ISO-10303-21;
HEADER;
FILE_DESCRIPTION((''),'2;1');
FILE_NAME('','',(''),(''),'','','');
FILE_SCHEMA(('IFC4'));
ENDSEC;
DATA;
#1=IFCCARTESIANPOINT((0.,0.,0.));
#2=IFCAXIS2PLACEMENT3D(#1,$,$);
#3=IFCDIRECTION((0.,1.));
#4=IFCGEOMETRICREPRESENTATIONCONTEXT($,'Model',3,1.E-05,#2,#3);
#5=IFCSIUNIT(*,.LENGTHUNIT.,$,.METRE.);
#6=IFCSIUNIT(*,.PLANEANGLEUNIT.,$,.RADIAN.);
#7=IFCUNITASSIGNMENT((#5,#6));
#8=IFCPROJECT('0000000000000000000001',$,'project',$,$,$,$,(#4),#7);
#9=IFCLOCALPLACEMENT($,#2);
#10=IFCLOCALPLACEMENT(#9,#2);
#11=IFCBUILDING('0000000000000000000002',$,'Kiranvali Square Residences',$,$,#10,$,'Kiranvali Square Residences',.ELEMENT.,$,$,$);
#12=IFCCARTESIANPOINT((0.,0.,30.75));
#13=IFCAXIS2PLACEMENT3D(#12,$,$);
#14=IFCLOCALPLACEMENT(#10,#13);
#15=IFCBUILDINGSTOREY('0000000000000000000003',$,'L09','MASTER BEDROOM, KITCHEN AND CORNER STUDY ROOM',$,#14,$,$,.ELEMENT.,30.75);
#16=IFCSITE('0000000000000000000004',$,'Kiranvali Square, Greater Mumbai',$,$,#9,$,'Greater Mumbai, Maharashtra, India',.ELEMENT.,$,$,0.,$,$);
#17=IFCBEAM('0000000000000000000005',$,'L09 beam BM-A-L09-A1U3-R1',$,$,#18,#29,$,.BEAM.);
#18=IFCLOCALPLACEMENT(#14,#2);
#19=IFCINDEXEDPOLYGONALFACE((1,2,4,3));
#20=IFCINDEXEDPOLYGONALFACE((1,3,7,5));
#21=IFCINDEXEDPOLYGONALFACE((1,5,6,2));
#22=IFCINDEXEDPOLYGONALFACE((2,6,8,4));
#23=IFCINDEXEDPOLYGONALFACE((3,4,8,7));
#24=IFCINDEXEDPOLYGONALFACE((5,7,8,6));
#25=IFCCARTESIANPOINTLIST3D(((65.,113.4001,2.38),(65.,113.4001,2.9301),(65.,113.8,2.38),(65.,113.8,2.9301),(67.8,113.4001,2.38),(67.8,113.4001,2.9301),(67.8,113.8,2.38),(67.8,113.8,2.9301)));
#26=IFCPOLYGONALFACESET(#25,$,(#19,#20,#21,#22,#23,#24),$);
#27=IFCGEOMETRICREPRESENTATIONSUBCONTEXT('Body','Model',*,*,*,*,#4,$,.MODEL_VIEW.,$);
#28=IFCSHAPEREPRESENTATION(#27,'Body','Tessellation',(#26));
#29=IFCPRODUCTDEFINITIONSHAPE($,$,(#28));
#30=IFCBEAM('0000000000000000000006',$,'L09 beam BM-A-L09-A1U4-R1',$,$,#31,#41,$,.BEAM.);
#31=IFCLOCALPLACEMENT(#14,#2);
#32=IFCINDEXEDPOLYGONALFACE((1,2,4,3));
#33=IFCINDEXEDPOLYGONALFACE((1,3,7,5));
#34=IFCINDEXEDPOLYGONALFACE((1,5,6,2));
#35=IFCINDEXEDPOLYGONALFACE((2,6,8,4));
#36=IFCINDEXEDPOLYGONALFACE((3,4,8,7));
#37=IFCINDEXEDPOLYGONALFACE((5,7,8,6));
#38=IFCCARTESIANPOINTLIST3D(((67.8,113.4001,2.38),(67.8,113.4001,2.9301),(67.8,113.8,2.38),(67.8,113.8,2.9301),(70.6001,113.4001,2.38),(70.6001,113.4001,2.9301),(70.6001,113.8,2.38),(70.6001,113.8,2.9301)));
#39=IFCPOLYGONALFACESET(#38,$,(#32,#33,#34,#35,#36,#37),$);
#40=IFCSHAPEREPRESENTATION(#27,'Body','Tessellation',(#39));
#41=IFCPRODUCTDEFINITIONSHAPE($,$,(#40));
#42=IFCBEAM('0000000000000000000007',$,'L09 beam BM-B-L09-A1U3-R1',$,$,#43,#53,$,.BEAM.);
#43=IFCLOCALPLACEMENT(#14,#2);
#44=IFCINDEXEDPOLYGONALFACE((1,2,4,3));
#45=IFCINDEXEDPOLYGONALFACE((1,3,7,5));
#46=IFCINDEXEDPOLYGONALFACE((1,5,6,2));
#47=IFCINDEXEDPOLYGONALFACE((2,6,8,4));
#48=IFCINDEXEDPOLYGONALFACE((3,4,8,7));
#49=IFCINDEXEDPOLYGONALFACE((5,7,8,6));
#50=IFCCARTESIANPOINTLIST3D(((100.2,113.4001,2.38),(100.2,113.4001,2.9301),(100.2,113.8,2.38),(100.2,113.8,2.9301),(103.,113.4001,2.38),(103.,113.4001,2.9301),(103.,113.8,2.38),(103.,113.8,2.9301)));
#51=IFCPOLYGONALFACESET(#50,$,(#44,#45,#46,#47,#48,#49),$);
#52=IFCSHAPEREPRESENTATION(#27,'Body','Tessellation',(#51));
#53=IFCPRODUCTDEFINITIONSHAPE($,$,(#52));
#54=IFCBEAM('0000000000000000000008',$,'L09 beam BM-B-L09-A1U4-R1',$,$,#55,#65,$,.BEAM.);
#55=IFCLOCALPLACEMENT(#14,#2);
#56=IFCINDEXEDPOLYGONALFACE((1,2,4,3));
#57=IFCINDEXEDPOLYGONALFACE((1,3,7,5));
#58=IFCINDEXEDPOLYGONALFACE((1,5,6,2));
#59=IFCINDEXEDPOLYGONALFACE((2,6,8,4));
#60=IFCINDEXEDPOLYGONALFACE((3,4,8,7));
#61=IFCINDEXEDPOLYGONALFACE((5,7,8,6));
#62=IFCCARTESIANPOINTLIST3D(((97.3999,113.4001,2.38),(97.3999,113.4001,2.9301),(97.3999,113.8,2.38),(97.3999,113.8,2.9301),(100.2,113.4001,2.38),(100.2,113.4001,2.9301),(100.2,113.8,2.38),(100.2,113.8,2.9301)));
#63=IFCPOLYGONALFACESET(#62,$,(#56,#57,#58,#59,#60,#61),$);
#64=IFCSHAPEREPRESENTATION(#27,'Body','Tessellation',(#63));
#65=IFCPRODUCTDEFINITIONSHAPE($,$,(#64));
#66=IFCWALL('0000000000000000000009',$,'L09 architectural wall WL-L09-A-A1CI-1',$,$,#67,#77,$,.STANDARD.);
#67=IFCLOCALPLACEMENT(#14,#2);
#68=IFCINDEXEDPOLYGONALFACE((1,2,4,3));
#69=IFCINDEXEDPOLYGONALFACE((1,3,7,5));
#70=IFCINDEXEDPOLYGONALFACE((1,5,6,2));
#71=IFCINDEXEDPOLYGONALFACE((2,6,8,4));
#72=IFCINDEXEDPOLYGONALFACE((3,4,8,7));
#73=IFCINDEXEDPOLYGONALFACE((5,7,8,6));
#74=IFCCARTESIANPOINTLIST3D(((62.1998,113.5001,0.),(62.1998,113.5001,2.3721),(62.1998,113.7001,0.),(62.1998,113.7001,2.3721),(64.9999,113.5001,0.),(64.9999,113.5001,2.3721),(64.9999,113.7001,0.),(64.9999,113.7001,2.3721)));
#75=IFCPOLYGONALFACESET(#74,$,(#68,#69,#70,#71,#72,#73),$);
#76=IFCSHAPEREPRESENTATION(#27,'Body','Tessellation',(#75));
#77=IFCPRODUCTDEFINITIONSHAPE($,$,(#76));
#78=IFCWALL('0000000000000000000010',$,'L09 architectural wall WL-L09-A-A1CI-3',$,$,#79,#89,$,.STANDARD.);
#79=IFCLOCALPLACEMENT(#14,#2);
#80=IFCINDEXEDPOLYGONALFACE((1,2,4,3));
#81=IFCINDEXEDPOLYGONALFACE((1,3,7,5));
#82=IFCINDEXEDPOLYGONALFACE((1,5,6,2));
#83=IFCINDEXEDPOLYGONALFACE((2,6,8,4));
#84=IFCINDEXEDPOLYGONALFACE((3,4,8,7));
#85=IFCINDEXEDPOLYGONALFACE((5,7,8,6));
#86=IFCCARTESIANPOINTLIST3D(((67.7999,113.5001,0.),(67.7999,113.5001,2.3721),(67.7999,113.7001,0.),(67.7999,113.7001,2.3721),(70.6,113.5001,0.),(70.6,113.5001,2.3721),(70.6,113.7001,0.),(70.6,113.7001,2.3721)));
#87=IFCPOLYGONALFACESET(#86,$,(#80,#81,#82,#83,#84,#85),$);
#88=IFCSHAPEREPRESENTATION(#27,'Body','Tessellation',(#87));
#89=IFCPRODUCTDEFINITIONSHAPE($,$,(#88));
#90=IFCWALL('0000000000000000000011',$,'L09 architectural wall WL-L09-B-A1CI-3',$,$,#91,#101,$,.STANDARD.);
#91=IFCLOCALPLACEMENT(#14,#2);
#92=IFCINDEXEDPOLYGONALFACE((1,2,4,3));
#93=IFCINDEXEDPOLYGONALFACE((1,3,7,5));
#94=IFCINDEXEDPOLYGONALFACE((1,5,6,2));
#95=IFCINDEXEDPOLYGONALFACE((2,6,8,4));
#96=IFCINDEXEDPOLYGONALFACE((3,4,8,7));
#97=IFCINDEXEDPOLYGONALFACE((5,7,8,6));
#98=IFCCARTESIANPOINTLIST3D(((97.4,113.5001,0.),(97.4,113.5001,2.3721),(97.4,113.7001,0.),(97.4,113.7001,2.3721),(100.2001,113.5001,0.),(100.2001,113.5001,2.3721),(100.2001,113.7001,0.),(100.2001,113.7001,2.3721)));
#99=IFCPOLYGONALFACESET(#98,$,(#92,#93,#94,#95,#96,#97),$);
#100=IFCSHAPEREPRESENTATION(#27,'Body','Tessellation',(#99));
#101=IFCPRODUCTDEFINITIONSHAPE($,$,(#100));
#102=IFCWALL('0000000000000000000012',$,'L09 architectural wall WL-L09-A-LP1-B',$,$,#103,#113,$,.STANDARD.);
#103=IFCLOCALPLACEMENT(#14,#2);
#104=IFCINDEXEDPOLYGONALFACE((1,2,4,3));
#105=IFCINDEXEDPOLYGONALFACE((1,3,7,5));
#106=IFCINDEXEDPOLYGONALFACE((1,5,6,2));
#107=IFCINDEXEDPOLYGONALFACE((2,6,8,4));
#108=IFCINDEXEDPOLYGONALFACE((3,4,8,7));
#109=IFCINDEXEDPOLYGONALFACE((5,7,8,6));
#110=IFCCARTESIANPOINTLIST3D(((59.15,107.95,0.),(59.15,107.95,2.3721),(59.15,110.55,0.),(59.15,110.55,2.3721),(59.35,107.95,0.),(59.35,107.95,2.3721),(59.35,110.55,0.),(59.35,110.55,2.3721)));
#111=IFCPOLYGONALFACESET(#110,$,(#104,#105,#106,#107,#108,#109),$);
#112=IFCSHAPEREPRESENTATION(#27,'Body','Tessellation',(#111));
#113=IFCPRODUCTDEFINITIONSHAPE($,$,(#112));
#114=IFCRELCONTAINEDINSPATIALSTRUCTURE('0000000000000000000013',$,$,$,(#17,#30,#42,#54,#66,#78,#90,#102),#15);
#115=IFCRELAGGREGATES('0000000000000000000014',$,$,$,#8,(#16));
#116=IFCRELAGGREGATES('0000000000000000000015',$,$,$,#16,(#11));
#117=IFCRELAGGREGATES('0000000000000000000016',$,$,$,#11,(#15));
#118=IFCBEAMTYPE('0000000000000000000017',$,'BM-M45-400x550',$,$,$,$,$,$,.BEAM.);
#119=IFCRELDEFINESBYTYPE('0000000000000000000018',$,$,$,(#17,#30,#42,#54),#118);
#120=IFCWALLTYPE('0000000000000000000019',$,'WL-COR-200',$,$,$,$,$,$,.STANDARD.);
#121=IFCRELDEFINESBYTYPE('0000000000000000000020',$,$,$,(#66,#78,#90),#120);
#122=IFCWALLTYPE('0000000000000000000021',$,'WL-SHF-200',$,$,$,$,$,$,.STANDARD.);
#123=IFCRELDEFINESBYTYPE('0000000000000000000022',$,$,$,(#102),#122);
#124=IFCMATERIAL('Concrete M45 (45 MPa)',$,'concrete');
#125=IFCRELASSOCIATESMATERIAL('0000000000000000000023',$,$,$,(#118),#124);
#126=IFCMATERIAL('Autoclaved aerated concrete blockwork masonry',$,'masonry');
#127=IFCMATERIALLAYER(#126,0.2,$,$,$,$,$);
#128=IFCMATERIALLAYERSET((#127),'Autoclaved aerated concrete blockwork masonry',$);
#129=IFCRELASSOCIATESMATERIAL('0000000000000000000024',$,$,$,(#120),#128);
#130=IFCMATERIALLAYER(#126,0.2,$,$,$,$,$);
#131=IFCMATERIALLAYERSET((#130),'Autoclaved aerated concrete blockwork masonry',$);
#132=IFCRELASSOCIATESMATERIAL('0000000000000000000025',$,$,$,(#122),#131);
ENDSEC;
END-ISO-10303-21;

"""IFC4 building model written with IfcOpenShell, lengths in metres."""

from ifc_helpers import new_model, si_unit, direction, frame, frame_2d, origin, origin_2d, place, context, subcontext, project, spatial, rectangle, extrude, material, layer, layer_set, material_profile, profile_set, type_object, element, save


model = new_model("IFC4")

# Units and contexts
model_context = context("Model", 3, precision=1e-05, world=origin(), true_north=direction((0.0, 1.0)))
body_context = subcontext(model_context, "Body", "Model", "MODEL_VIEW")
ifc_project = project(units=[si_unit("LENGTHUNIT", "METRE"), si_unit("PLANEANGLEUNIT", "RADIAN")], contexts=[model_context])

# Site, building, storey
site_placement = place(None, origin())
site = spatial("IfcSite", under=ifc_project, at=site_placement, Name="Kiranvali Square, Greater Mumbai", LongName="Greater Mumbai, Maharashtra, India", CompositionType="ELEMENT", RefElevation=0.0)
building_placement = place(site_placement, origin())
building = spatial("IfcBuilding", under=site, at=building_placement, Name="Kiranvali Square Residences", LongName="Kiranvali Square Residences", CompositionType="ELEMENT")
storey_placement = place(building_placement, frame((0.0, 0.0, 30.75)))
storey = spatial("IfcBuildingStorey", under=building, at=storey_placement, Name="L09", Description="MASTER BEDROOM, KITCHEN AND CORNER STUDY ROOM", CompositionType="ELEMENT", Elevation=30.75)

# Beams
ifc_material_1 = material(Name="Concrete M45 (45 MPa)", Category="concrete")
ifc_material_profile_1 = material_profile(ifc_material_1, rectangle(XDim=0.3999, YDim=0.55, at=origin_2d()), Name="RC 400x550")
ifc_profile_set_1 = profile_set([ifc_material_profile_1], Name="Concrete M45 (45 MPa)")
beam_type_1 = type_object("IfcBeamType", Name="BM-M45-400x550", PredefinedType="BEAM", material=ifc_profile_set_1)
for number, where, z_axis, x_axis, name in (
    (1, (65.0, 113.6001, 2.655), (1.0, 0.0, 0.0), (0.0, 1.0, 0.0), "L09 beam BM-A-L09-A1U3-R1"),
    (2, (67.8, 113.6001, 2.655), (1.0, 0.0, 0.0), (0.0, 1.0, 0.0), "L09 beam BM-A-L09-A1U4-R1"),
    (3, (103.0, 113.6001, 2.655), (-1.0, 0.0, 0.0), (0.0, -1.0, 0.0), "L09 beam BM-B-L09-A1U3-R1"),
    (4, (100.2, 113.6001, 2.655), (-1.0, 0.0, 0.0), (0.0, -1.0, 0.0), "L09 beam BM-B-L09-A1U4-R1"),
):
    element("IfcBeam", number, at=place(storey_placement, frame(where, z_axis=z_axis, x_axis=x_axis)), inside=storey, type_object=beam_type_1, Name=name, PredefinedType="BEAM", context=body_context, shape_type="SweptSolid", body=[
        extrude(rectangle(XDim=0.3999, YDim=0.55, at=origin_2d()), origin(), (0.0, 0.0, 1.0), 2.8),
    ])

# Shared definitions
ifc_material_2 = material(Name="Autoclaved aerated concrete blockwork masonry", Category="masonry")
ifc_layer_1 = layer(ifc_material_2, 0.2)
ifc_layer_set_1 = layer_set([ifc_layer_1], Name="Autoclaved aerated concrete blockwork masonry")
wall_type_1 = type_object("IfcWallType", Name="WL-COR-200", PredefinedType="STANDARD", material=ifc_layer_set_1)

# Wall
wall_1_placement = place(storey_placement, frame((62.2, 113.6001, 0.0), z_axis=(0.0, 0.0, 1.0), x_axis=(1.0, 0.0, 0.0)))
element("IfcWall", 5, at=wall_1_placement, inside=storey, type_object=wall_type_1, Name="L09 architectural wall WL-L09-A-A1CI-1", PredefinedType="STANDARD", context=body_context, shape_type="SweptSolid", body=[
    extrude(rectangle(XDim=2.8, YDim=0.2, at=frame_2d((1.3999, 0.0))), origin(), (0.0, 0.0, 1.0), 2.3721),
])

# Wall
wall_2_placement = place(storey_placement, frame((67.8, 113.6001, 0.0), z_axis=(0.0, 0.0, 1.0), x_axis=(1.0, 0.0, 0.0)))
element("IfcWall", 6, at=wall_2_placement, inside=storey, type_object=wall_type_1, Name="L09 architectural wall WL-L09-A-A1CI-3", PredefinedType="STANDARD", context=body_context, shape_type="SweptSolid", body=[
    extrude(rectangle(XDim=2.8, YDim=0.2, at=frame_2d((1.3999, 0.0))), origin(), (0.0, 0.0, 1.0), 2.3721),
])

# Walls
wall_3_placement = place(storey_placement, frame((100.2, 113.6001, 0.0), z_axis=(0.0, 0.0, 1.0), x_axis=(-1.0, 0.0, 0.0)))
element("IfcWall", 7, at=wall_3_placement, inside=storey, type_object=wall_type_1, Name="L09 architectural wall WL-L09-B-A1CI-3", PredefinedType="STANDARD", context=body_context, shape_type="SweptSolid", body=[
    extrude(rectangle(XDim=2.8, YDim=0.2, at=frame_2d((1.3999, 0.0))), origin(), (0.0, 0.0, 1.0), 2.3721),
])
ifc_layer_2 = layer(ifc_material_2, 0.2)
ifc_layer_set_2 = layer_set([ifc_layer_2], Name="Autoclaved aerated concrete blockwork masonry")
wall_type_2 = type_object("IfcWallType", Name="WL-SHF-200", PredefinedType="STANDARD", material=ifc_layer_set_2)
wall_4_placement = place(storey_placement, frame((59.25, 107.95, 0.0), z_axis=(0.0, 0.0, 1.0), x_axis=(0.0, 1.0, 0.0)))
element("IfcWall", 8, at=wall_4_placement, inside=storey, type_object=wall_type_2, Name="L09 architectural wall WL-L09-A-LP1-B", PredefinedType="STANDARD", context=body_context, shape_type="SweptSolid", body=[
    extrude(rectangle(XDim=2.6001, YDim=0.2, at=frame_2d((1.3, 0.0))), origin(), (0.0, 0.0, 1.0), 2.3721),
])

save(model, "model.ifc")
